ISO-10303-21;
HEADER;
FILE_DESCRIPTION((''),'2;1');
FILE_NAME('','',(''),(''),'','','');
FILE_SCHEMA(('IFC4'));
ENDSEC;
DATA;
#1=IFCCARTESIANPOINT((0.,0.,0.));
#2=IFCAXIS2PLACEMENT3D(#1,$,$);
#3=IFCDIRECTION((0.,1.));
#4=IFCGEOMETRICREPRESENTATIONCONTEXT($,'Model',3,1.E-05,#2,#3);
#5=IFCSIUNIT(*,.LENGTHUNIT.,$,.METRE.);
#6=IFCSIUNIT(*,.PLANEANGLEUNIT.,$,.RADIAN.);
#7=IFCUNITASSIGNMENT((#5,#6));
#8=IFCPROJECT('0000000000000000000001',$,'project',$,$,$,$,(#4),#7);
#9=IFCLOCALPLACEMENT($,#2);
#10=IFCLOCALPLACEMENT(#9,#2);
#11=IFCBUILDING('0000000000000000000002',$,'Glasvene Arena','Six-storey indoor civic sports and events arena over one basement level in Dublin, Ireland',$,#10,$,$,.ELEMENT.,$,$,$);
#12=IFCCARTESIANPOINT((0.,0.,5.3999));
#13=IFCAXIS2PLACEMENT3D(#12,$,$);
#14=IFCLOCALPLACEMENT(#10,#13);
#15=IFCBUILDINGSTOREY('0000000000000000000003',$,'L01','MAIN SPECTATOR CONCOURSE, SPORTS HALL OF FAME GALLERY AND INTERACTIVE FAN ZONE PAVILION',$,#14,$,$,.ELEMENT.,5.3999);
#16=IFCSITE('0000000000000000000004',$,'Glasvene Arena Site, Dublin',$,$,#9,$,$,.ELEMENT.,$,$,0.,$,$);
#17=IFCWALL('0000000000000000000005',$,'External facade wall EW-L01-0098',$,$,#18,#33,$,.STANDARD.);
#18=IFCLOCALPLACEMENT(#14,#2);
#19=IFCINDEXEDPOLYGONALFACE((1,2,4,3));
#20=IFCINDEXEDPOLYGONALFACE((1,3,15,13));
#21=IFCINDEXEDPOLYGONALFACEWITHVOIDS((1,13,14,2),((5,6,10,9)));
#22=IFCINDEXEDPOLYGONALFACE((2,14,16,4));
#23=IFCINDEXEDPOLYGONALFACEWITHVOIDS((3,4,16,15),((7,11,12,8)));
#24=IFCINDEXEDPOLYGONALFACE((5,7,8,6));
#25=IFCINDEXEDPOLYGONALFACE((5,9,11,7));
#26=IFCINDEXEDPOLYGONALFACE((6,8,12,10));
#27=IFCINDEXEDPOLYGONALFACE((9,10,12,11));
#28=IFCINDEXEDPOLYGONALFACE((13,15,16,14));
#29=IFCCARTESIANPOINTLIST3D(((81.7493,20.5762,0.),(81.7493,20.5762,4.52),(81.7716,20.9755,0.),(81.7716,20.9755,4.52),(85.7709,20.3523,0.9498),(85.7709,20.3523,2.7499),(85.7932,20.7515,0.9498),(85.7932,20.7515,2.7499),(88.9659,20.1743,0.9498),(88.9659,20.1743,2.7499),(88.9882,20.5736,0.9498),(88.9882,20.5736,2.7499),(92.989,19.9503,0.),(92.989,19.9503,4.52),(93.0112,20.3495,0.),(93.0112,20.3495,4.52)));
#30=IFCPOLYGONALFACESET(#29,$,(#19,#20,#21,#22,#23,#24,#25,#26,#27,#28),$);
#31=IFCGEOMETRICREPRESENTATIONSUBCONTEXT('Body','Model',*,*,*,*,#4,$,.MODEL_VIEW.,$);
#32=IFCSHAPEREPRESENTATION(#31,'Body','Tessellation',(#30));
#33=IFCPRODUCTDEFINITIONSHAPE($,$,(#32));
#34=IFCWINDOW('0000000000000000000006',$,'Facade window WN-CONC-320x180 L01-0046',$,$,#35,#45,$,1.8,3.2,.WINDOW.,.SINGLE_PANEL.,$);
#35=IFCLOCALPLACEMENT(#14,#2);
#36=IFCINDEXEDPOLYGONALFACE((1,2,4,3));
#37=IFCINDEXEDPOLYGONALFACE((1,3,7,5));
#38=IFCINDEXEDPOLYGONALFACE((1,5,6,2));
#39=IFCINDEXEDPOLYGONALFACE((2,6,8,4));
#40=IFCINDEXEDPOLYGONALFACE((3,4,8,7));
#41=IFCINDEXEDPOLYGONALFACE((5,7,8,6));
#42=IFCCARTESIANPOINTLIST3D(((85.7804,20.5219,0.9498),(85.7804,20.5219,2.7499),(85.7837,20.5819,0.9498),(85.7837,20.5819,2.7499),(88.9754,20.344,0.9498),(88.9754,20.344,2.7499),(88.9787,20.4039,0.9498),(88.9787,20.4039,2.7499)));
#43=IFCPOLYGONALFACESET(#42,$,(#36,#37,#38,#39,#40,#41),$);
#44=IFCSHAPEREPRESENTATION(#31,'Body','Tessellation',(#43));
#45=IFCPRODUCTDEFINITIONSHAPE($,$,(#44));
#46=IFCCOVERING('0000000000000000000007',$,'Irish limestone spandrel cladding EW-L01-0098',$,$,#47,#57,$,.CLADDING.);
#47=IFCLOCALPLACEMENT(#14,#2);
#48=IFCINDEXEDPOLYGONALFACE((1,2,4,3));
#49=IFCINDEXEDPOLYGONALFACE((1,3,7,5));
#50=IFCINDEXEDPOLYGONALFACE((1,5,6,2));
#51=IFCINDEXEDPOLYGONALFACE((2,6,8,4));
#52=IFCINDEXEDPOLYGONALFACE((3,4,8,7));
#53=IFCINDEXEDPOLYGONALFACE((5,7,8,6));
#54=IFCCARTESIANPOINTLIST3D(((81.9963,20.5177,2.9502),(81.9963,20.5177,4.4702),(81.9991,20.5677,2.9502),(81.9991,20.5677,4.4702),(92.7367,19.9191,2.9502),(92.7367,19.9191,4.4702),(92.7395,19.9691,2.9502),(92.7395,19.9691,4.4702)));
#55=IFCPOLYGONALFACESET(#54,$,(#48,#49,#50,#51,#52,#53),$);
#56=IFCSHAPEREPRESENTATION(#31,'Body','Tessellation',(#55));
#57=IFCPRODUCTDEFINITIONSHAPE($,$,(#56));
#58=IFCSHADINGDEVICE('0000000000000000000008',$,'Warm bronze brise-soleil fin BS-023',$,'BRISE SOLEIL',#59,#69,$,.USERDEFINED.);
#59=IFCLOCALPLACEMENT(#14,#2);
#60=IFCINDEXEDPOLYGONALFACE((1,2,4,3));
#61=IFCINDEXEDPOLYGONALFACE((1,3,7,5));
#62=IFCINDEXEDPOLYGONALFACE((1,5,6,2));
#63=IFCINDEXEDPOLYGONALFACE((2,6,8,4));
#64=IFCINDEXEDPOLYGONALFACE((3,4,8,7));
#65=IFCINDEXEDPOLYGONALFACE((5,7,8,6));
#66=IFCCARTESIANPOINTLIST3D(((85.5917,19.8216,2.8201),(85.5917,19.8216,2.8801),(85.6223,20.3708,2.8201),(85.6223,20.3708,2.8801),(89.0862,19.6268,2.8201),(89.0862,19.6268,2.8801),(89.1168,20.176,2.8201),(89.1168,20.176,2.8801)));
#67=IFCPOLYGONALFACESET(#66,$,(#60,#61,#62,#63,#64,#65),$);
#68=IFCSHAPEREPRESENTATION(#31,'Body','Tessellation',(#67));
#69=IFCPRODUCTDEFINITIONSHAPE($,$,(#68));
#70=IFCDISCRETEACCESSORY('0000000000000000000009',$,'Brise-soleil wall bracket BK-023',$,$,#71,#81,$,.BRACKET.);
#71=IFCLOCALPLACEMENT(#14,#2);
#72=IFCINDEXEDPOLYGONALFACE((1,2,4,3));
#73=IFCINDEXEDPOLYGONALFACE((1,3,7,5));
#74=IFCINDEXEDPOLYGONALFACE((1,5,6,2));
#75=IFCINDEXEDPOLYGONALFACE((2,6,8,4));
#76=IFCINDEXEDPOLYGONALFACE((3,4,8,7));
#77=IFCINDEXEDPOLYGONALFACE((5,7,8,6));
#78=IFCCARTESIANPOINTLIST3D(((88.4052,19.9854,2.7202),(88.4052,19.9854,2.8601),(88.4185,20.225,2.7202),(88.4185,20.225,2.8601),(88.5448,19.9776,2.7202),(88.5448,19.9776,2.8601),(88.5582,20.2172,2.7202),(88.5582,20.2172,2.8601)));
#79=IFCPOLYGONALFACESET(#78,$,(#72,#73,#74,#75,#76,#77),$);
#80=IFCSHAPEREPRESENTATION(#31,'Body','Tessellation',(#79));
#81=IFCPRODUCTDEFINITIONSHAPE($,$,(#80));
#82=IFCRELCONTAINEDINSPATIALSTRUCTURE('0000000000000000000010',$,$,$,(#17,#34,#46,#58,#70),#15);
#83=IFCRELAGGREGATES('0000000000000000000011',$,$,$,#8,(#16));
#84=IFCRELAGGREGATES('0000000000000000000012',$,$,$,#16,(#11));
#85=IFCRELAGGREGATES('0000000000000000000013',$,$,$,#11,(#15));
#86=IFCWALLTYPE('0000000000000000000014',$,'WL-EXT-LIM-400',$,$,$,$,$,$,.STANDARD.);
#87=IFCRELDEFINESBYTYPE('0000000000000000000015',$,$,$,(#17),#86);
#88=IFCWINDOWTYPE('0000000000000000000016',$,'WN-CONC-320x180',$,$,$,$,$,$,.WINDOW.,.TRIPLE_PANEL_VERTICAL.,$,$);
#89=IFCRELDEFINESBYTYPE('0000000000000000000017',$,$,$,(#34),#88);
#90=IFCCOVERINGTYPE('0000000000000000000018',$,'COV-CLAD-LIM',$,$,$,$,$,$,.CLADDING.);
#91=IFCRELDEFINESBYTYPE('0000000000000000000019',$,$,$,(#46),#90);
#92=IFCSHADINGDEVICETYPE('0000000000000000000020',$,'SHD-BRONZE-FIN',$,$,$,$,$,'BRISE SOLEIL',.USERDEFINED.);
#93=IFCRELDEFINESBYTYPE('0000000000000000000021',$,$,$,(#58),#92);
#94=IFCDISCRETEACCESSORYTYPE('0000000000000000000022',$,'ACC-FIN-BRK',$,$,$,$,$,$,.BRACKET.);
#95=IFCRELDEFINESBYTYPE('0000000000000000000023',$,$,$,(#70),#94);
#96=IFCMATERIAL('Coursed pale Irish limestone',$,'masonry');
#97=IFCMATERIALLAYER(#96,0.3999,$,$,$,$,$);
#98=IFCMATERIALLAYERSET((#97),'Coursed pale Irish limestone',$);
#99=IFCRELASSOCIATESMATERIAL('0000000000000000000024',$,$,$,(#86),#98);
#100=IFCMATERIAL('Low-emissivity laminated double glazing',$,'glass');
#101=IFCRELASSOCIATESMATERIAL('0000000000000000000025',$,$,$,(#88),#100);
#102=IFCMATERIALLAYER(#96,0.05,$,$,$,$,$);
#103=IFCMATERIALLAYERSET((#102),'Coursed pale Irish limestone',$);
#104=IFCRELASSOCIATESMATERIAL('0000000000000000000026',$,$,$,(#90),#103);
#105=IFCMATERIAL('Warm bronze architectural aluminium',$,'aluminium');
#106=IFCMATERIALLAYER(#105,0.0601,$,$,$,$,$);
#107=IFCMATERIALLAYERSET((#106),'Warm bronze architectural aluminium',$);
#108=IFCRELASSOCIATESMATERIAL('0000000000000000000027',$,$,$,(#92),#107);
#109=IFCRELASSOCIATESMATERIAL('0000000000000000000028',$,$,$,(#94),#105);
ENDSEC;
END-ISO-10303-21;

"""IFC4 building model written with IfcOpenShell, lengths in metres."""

from ifc_helpers import new_model, si_unit, direction, frame, frame_2d, origin, origin_2d, place, context, subcontext, project, spatial, rectangle, extrude, material, layer, layer_set, type_object, element, fill, save


model = new_model("IFC4")

# Units and contexts
model_context = context("Model", 3, precision=1e-05, world=origin(), true_north=direction((0.0, 1.0)))
body_context = subcontext(model_context, "Body", "Model", "MODEL_VIEW")
ifc_project = project(units=[si_unit("LENGTHUNIT", "METRE"), si_unit("PLANEANGLEUNIT", "RADIAN")], contexts=[model_context])

# Site, building, storey
site_placement = place(None, origin())
site = spatial("IfcSite", under=ifc_project, at=site_placement, Name="Glasvene Arena Site, Dublin", CompositionType="ELEMENT", RefElevation=0.0)
building_placement = place(site_placement, origin())
building = spatial("IfcBuilding", under=site, at=building_placement, Name="Glasvene Arena", Description="Six-storey indoor civic sports and events arena over one basement level in Dublin, Ireland", CompositionType="ELEMENT")
storey_placement = place(building_placement, frame((0.0, 0.0, 5.3999)))
storey = spatial("IfcBuildingStorey", under=building, at=storey_placement, Name="L01", Description="MAIN SPECTATOR CONCOURSE, SPORTS HALL OF FAME GALLERY AND INTERACTIVE FAN ZONE PAVILION", CompositionType="ELEMENT", Elevation=5.3999)

# Shared definitions
ifc_material_1 = material(Name="Low-emissivity laminated double glazing", Category="glass")

# Shared definitions
ifc_material_2 = material(Name="Coursed pale Irish limestone", Category="masonry")
ifc_layer_1 = layer(ifc_material_2, 0.3999)
ifc_layer_set_1 = layer_set([ifc_layer_1], Name="Coursed pale Irish limestone")
wall_type = type_object("IfcWallType", Name="WL-EXT-LIM-400", PredefinedType="STANDARD", material=ifc_layer_set_1)

# Wall, opening, window
wall_1_placement = place(storey_placement, frame((93.0, 20.1499, 0.0), z_axis=(0.0, 0.0, 1.0), x_axis=(-0.998453, 0.055607, 0.0)))
wall_1 = element("IfcWall", 1, at=wall_1_placement, inside=storey, type_object=wall_type, Name="External facade wall EW-L01-0098", PredefinedType="STANDARD", context=body_context, shape_type="SweptSolid", body=[
    extrude(rectangle(XDim=11.2571, YDim=0.3999, at=frame_2d((5.6284, 0.0))), origin(), (0.0, 0.0, 1.0), 4.52),
])
opening_placement = place(wall_1_placement, frame((4.0291, 0.0, 0.95)))
opening = element("IfcOpeningElement", 2, at=opening_placement, cuts=wall_1, PredefinedType="OPENING", context=body_context, shape_type="SweptSolid", body=[
    extrude(rectangle(XDim=3.2, YDim=1.8, at=frame_2d((1.6001, 0.8999))), frame((0.0, 0.21, 0.0), z_axis=(0.0, -1.0, 0.0), x_axis=(1.0, 0.0, 0.0)), (0.0, 0.0, 1.0), 0.4199),
])
window_type = type_object("IfcWindowType", Name="WN-CONC-320x180", PartitioningType="TRIPLE_PANEL_VERTICAL", PredefinedType="WINDOW", material=ifc_material_1)
window_placement = place(opening_placement, origin())
window = element("IfcWindow", 3, at=window_placement, inside=storey, type_object=window_type, Name="Facade window WN-CONC-320x180 L01-0046", OverallHeight=1.8, OverallWidth=3.2, PartitioningType="SINGLE_PANEL", PredefinedType="WINDOW", context=body_context, shape_type="SweptSolid", body=[
    extrude(rectangle(XDim=3.2, YDim=1.8, at=frame_2d((1.6001, 0.8999))), frame((0.0, 0.03, 0.0), z_axis=(0.0, -1.0, 0.0), x_axis=(1.0, 0.0, 0.0)), (0.0, 0.0, 1.0), 0.0601),
])
fill(opening, window)

# Covering
ifc_layer_2 = layer(ifc_material_2, 0.05)
ifc_layer_set_2 = layer_set([ifc_layer_2], Name="Coursed pale Irish limestone")
covering_type = type_object("IfcCoveringType", Name="COV-CLAD-LIM", PredefinedType="CLADDING", material=ifc_layer_set_2)
covering_placement = place(storey_placement, frame((87.3679, 20.2434, 2.9502), z_axis=(0.0, 0.0, 1.0), x_axis=(-0.99845, 0.055647, 0.0)))
element("IfcCovering", 4, at=covering_placement, inside=storey, type_object=covering_type, Name="Irish limestone spandrel cladding EW-L01-0098", PredefinedType="CLADDING", context=body_context, shape_type="SweptSolid", body=[
    extrude(rectangle(XDim=10.7571, YDim=0.05, at=origin_2d()), origin(), (0.0, 0.0, 1.0), 1.52),
])

# Shading device
ifc_material_3 = material(Name="Warm bronze architectural aluminium", Category="aluminium")
ifc_layer_3 = layer(ifc_material_3, 0.0601)
ifc_layer_set_3 = layer_set([ifc_layer_3], Name="Warm bronze architectural aluminium")
shading_device_type = type_object("IfcShadingDeviceType", Name="SHD-BRONZE-FIN", ElementType="BRISE SOLEIL", PredefinedType="USERDEFINED", material=ifc_layer_set_3)
shading_device_placement = place(storey_placement, frame((87.3542, 19.9988, 2.8201), z_axis=(0.0, 0.0, 1.0), x_axis=(-0.99845, 0.055647, 0.0)))
element("IfcShadingDevice", 5, at=shading_device_placement, inside=storey, type_object=shading_device_type, Name="Warm bronze brise-soleil fin BS-023", ObjectType="BRISE SOLEIL", PredefinedType="USERDEFINED", context=body_context, shape_type="SweptSolid", body=[
    extrude(rectangle(XDim=3.5, YDim=0.55, at=origin_2d()), origin(), (0.0, 0.0, 1.0), 0.0601),
])

# Discrete accessory
discrete_accessory_type = type_object("IfcDiscreteAccessoryType", Name="ACC-FIN-BRK", PredefinedType="BRACKET", material=ifc_material_3)
discrete_accessory_placement = place(storey_placement, frame((88.4817, 20.1013, 2.7202), z_axis=(0.0, 0.0, 1.0), x_axis=(-0.99845, 0.055647, 0.0)))
element("IfcDiscreteAccessory", 6, at=discrete_accessory_placement, inside=storey, type_object=discrete_accessory_type, Name="Brise-soleil wall bracket BK-023", PredefinedType="BRACKET", context=body_context, shape_type="SweptSolid", body=[
    extrude(rectangle(XDim=0.1399, YDim=0.24, at=origin_2d()), origin(), (0.0, 0.0, 1.0), 0.1399),
])

save(model, "model.ifc")
